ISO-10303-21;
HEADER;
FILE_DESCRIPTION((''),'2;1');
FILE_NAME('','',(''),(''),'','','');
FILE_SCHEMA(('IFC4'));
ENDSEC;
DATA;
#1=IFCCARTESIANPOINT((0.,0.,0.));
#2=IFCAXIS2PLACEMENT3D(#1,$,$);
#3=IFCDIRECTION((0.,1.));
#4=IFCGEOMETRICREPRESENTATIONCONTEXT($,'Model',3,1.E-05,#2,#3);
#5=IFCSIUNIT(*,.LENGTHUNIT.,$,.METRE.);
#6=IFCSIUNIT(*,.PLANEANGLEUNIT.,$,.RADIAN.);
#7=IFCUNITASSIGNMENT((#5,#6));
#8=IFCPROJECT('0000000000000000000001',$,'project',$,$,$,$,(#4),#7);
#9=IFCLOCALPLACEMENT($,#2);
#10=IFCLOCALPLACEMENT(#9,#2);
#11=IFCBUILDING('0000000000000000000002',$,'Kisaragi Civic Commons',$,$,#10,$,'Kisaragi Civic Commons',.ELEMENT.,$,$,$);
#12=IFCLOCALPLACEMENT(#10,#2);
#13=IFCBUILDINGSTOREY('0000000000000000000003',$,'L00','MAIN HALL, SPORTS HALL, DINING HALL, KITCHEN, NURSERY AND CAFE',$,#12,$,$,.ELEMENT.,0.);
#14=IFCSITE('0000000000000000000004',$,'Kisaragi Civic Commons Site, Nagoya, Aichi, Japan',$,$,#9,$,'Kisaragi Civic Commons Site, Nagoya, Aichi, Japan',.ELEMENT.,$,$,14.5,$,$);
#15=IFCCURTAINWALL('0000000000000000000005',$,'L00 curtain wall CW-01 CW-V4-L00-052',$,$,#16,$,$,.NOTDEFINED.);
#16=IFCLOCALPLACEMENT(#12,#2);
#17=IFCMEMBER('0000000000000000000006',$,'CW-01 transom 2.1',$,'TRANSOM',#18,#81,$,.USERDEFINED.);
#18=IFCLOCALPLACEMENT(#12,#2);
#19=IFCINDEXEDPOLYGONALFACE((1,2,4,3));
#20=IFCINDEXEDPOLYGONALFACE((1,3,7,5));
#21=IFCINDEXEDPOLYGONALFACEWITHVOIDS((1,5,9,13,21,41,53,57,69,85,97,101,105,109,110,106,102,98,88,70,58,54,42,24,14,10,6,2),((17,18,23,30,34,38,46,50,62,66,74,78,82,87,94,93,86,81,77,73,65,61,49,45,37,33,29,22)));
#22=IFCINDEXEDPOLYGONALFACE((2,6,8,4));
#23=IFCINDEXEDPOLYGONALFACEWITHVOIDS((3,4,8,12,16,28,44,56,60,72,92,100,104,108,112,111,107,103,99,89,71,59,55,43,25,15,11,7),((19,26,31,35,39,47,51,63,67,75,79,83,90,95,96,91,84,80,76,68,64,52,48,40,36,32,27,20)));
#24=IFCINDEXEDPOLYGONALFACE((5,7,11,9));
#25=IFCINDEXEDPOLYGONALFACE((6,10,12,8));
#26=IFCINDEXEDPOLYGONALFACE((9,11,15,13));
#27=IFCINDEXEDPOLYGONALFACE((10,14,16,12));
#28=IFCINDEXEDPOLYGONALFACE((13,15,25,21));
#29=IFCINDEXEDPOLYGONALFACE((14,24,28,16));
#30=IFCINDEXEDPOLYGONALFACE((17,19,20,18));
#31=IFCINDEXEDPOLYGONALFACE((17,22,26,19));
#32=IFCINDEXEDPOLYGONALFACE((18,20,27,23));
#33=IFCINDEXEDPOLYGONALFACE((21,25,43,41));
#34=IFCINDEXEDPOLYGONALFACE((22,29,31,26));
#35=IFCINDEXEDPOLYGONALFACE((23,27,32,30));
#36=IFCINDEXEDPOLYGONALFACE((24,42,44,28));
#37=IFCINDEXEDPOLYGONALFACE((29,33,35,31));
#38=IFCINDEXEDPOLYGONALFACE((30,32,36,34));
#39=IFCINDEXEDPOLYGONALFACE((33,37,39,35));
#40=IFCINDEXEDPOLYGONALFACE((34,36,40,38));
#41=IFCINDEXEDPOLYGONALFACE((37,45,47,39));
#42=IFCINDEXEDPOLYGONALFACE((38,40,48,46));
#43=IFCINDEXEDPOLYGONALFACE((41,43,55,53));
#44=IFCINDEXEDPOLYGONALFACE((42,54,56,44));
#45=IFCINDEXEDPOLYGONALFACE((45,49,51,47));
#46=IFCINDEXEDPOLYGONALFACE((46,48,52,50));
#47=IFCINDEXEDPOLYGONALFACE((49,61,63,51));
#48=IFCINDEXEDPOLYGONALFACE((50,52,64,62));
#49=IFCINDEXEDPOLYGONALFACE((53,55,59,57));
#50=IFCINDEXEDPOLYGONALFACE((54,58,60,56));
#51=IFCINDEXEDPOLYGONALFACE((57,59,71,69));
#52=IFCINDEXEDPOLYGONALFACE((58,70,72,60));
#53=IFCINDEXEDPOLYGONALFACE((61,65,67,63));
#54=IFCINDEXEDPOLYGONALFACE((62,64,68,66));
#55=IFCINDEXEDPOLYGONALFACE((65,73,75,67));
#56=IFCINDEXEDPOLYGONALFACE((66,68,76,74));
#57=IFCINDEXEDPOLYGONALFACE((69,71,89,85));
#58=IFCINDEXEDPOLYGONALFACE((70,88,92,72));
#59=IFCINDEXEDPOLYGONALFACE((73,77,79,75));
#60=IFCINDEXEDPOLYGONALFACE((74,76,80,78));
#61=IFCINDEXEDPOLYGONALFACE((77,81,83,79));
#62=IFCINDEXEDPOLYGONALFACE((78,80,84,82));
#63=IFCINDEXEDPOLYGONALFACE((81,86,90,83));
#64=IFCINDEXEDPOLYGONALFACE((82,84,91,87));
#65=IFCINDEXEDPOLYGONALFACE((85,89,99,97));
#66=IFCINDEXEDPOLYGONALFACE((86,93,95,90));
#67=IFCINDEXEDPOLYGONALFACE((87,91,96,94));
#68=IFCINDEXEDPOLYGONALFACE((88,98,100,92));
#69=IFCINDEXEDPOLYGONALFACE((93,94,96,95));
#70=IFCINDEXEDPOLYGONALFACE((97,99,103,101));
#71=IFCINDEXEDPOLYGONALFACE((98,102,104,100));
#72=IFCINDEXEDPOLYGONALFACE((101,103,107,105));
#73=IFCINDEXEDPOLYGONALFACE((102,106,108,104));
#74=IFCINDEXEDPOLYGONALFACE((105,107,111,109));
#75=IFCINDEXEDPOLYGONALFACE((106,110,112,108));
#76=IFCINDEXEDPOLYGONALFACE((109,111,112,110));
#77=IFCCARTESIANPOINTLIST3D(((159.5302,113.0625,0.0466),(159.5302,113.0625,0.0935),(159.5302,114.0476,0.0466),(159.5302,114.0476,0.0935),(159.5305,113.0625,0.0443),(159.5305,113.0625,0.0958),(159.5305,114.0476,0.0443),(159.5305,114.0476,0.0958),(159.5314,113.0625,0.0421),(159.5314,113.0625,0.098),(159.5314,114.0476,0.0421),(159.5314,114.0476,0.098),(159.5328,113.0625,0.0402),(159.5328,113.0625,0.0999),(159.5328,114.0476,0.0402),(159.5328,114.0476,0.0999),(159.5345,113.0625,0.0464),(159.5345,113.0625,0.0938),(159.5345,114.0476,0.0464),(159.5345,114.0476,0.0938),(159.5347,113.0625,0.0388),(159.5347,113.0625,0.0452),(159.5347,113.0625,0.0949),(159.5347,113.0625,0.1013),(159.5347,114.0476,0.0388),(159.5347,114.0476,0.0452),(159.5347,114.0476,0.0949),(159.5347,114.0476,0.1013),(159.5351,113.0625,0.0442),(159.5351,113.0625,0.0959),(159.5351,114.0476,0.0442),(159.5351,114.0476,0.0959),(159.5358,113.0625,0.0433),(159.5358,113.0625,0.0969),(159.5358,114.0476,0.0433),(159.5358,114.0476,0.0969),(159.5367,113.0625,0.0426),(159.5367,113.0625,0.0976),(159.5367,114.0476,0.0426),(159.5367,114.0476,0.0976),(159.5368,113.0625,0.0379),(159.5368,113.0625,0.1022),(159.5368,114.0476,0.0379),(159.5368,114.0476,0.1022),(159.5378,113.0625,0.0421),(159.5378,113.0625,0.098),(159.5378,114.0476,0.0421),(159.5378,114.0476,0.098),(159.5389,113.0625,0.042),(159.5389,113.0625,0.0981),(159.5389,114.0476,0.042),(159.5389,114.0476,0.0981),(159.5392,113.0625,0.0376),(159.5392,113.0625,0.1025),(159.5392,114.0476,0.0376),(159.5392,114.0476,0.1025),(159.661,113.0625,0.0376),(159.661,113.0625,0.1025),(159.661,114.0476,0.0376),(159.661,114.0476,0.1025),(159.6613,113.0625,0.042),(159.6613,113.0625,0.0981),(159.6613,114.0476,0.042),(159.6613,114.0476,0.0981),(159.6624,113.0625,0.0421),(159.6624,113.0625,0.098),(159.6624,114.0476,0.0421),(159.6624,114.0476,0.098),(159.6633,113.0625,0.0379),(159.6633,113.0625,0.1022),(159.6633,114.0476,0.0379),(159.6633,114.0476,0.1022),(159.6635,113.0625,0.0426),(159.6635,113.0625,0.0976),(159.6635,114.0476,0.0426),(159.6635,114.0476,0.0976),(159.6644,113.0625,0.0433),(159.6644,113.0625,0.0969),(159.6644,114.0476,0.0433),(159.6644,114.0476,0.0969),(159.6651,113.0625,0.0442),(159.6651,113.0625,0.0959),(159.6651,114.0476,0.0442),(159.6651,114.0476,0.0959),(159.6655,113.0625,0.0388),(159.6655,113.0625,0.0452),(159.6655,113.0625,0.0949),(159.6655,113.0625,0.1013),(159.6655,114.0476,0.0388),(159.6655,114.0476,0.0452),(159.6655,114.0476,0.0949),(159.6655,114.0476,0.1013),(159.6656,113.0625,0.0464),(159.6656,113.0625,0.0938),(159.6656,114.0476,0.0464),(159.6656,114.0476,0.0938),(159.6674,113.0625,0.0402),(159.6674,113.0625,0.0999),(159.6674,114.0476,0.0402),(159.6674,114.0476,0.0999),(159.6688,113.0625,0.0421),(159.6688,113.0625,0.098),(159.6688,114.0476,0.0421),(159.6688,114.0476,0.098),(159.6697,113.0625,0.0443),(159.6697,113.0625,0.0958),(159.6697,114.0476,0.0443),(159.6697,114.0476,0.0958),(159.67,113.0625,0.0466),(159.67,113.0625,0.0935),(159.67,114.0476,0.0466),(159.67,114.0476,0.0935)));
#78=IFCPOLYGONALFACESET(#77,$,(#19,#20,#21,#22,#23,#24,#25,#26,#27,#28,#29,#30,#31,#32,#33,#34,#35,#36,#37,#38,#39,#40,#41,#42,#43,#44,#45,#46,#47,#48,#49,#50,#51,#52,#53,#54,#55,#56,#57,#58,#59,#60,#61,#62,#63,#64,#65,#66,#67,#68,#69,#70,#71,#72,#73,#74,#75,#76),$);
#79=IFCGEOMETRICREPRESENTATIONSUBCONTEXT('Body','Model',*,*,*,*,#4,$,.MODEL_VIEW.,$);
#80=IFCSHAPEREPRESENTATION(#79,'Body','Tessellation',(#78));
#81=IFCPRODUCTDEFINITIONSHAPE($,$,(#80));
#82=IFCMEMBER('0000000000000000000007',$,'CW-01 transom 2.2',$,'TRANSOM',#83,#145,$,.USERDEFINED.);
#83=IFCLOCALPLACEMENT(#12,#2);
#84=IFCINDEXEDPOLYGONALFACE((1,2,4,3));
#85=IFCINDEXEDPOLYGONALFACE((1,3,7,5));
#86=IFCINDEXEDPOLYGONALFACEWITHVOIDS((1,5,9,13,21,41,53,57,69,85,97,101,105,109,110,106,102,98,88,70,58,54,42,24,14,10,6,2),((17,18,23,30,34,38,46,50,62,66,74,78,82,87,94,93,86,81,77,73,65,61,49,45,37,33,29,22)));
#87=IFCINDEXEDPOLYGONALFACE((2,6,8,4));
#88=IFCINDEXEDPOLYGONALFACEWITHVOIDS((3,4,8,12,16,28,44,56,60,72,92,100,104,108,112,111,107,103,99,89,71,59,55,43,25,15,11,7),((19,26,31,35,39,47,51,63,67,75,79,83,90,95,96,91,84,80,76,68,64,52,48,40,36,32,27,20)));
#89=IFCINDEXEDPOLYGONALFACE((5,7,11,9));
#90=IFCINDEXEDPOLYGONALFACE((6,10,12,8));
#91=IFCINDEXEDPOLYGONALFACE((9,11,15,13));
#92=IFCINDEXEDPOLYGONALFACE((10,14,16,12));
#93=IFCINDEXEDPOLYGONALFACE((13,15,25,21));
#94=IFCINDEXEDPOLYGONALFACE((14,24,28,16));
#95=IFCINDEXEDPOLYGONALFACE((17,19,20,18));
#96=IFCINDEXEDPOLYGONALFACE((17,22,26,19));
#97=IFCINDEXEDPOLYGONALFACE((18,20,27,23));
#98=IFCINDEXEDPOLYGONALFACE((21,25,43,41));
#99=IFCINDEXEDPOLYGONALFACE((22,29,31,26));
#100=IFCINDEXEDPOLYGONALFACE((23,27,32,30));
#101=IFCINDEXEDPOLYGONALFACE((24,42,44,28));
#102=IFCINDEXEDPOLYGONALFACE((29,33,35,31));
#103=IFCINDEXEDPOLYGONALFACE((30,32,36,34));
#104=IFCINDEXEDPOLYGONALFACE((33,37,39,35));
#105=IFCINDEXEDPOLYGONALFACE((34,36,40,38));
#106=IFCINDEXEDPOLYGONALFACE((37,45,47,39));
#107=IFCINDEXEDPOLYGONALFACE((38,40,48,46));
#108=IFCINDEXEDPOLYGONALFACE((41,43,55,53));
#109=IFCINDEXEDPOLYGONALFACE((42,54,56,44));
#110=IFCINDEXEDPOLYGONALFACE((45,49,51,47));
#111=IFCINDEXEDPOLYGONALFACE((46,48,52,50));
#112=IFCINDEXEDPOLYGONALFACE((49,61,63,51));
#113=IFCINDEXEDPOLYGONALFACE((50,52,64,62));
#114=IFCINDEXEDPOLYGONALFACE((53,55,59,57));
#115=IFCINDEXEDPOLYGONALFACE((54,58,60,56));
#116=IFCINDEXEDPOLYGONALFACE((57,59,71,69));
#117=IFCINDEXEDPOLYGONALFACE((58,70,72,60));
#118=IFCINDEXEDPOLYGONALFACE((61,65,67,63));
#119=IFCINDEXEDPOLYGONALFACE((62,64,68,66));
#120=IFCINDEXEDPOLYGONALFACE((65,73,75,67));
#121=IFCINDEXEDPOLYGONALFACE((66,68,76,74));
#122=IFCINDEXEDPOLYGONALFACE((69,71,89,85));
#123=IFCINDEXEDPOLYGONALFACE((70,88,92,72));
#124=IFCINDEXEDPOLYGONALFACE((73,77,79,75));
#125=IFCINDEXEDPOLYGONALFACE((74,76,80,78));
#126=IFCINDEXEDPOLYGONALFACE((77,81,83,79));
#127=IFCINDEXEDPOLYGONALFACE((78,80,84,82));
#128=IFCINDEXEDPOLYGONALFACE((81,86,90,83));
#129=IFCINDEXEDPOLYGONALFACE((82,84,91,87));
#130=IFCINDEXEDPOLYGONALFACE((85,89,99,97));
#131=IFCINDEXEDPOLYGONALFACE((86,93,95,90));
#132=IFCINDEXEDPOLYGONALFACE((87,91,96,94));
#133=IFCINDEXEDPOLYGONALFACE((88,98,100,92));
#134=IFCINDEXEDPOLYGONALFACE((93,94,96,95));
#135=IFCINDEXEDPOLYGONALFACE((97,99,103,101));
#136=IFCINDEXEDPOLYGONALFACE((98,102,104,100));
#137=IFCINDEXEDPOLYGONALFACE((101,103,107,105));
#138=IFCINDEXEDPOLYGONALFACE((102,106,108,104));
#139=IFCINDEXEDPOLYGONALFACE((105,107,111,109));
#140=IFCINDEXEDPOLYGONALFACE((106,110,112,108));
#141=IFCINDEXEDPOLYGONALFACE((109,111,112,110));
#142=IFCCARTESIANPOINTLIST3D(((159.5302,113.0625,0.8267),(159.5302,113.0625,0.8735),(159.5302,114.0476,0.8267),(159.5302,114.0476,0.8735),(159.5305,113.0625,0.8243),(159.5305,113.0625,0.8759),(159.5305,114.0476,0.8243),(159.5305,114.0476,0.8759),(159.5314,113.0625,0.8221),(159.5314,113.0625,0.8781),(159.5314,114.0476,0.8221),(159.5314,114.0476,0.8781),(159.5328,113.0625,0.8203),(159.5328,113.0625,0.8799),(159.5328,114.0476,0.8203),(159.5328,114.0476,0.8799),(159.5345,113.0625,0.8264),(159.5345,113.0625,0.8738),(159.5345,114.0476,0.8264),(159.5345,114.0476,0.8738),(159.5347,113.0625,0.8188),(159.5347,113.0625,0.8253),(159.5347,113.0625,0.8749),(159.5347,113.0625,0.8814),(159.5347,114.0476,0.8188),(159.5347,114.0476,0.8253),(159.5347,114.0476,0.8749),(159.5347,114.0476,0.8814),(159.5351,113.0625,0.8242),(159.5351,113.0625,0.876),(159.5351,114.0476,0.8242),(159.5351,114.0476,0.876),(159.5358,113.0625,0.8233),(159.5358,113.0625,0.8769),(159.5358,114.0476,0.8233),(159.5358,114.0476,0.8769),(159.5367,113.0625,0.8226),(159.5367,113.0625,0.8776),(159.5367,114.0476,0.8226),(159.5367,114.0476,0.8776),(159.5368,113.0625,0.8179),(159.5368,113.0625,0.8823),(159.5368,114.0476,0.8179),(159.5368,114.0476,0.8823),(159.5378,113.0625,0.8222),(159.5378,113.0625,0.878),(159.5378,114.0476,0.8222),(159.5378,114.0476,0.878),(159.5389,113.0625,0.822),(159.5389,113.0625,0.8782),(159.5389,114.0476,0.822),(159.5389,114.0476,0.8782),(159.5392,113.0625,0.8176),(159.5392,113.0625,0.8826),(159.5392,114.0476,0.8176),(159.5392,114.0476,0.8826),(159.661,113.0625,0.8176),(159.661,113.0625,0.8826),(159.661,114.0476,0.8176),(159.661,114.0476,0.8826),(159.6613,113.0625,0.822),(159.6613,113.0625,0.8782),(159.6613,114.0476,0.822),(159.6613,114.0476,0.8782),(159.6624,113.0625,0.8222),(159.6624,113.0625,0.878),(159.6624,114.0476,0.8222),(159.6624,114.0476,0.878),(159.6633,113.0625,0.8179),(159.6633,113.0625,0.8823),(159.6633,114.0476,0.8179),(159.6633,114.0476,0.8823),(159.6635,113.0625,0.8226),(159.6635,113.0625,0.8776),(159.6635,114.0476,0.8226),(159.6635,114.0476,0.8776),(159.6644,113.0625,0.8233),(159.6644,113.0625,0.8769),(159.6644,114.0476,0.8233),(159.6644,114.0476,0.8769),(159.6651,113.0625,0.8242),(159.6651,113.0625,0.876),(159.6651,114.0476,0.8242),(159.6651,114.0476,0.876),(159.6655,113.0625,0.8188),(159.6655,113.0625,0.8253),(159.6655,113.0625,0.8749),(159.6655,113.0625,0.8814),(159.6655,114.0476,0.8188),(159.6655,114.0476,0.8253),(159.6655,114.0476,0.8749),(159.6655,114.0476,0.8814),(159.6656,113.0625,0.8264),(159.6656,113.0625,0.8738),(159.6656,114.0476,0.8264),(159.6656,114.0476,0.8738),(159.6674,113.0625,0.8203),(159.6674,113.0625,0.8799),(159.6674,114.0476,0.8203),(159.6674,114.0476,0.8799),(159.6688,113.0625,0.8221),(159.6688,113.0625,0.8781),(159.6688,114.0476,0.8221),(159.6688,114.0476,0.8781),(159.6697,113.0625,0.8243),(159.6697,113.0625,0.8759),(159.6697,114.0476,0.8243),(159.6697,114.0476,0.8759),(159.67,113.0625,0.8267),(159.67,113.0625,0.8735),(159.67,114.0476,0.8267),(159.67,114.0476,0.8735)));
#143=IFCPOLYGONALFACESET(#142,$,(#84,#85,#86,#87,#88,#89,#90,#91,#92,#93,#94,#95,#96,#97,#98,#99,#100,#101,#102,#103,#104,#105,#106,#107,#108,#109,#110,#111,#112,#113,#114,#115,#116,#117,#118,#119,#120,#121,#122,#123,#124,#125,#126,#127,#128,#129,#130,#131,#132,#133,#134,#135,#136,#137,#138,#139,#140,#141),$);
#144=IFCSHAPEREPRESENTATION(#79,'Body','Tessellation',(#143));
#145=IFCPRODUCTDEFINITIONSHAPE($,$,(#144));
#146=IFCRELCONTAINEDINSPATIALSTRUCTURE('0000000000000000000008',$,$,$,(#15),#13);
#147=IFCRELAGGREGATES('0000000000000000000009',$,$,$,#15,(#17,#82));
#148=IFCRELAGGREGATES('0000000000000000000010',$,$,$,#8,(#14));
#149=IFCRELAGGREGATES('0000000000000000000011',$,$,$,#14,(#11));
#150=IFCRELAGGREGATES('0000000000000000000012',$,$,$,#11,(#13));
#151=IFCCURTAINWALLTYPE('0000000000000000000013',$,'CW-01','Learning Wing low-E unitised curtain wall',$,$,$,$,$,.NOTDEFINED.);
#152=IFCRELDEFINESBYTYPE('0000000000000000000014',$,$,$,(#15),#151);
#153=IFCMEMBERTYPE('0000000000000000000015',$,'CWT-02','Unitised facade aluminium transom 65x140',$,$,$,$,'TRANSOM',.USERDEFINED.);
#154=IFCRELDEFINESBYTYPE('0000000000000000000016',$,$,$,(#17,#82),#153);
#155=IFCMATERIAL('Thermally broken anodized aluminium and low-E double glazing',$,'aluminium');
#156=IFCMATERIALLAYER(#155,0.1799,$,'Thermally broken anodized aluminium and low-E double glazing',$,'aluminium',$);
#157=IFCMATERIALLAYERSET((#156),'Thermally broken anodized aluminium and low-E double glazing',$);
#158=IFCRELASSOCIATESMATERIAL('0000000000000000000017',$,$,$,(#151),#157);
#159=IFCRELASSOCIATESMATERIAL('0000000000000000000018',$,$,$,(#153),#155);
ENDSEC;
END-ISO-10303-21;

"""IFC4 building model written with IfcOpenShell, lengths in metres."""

from ifc_helpers import new_model, si_unit, direction, frame, origin, origin_2d, place, context, subcontext, project, spatial, hollow_rectangle, extrude, material, layer, layer_set, material_profile, profile_set, type_object, element, aggregate, save


model = new_model("IFC4")

# Units and contexts
model_context = context("Model", 3, precision=1e-05, world=origin(), true_north=direction((0.0, 1.0)))
body_context = subcontext(model_context, "Body", "Model", "MODEL_VIEW")
ifc_project = project(units=[si_unit("LENGTHUNIT", "METRE"), si_unit("PLANEANGLEUNIT", "RADIAN")], contexts=[model_context])

# Site, building, storey
site_placement = place(None, origin())
site = spatial("IfcSite", under=ifc_project, at=site_placement, Name="Kisaragi Civic Commons Site, Nagoya, Aichi, Japan", LongName="Kisaragi Civic Commons Site, Nagoya, Aichi, Japan", CompositionType="ELEMENT", RefElevation=14.5)
building_placement = place(site_placement, origin())
building = spatial("IfcBuilding", under=site, at=building_placement, Name="Kisaragi Civic Commons", LongName="Kisaragi Civic Commons", CompositionType="ELEMENT")
storey_placement = place(building_placement, origin())
storey = spatial("IfcBuildingStorey", under=building, at=storey_placement, Name="L00", Description="MAIN HALL, SPORTS HALL, DINING HALL, KITCHEN, NURSERY AND CAFE", CompositionType="ELEMENT", Elevation=0.0)

# Curtain wall
ifc_material_1 = material(Name="Thermally broken anodized aluminium and low-E double glazing", Category="aluminium")
ifc_layer_1 = layer(ifc_material_1, 0.1799, Name="Thermally broken anodized aluminium and low-E double glazing", Category="aluminium")
ifc_layer_set_1 = layer_set([ifc_layer_1], Name="Thermally broken anodized aluminium and low-E double glazing")
curtain_wall_type = type_object("IfcCurtainWallType", Name="CW-01", Description="Learning Wing low-E unitised curtain wall", PredefinedType="NOTDEFINED", material=ifc_layer_set_1)
curtain_wall_1_placement = place(storey_placement, origin())
curtain_wall_1 = element("IfcCurtainWall", 1, at=curtain_wall_1_placement, inside=storey, type_object=curtain_wall_type, Name="L00 curtain wall CW-01 CW-V4-L00-052", PredefinedType="NOTDEFINED")

# Members
ifc_material_profile_1 = material_profile(ifc_material_1, hollow_rectangle(XDim=0.1399, YDim=0.0649, WallThickness=0.0044, InnerFilletRadius=0.0044, OuterFilletRadius=0.009, at=origin_2d()), Name="CWT-65x140x4.5", Category="aluminium")
ifc_profile_set_1 = profile_set([ifc_material_profile_1], Name="Thermally broken anodized aluminium and low-E double glazing")
member_type_1 = type_object("IfcMemberType", Name="CWT-02", Description="Unitised facade aluminium transom 65x140", ElementType="TRANSOM", PredefinedType="USERDEFINED", material=ifc_profile_set_1)
member_1_placement = place(storey_placement, frame((159.6001, 114.0476, 0.0701), z_axis=(0.0, -1.0, 0.0), x_axis=(1.0, 0.0, 0.0)))
member_1 = element("IfcMember", 2, at=member_1_placement, type_object=member_type_1, Name="CW-01 transom 2.1", ObjectType="TRANSOM", PredefinedType="USERDEFINED", context=body_context, shape_type="SweptSolid", body=[
    extrude(hollow_rectangle(XDim=0.1399, YDim=0.0649, WallThickness=0.0044, InnerFilletRadius=0.0044, OuterFilletRadius=0.009, at=origin_2d()), origin(), (0.0, 0.0, 1.0), 0.9851),
])
member_2_placement = place(storey_placement, frame((159.6001, 114.0476, 0.8501), z_axis=(0.0, -1.0, 0.0), x_axis=(1.0, 0.0, 0.0)))
member_2 = element("IfcMember", 3, at=member_2_placement, type_object=member_type_1, Name="CW-01 transom 2.2", ObjectType="TRANSOM", PredefinedType="USERDEFINED", context=body_context, shape_type="SweptSolid", body=[
    extrude(hollow_rectangle(XDim=0.1399, YDim=0.0649, WallThickness=0.0044, InnerFilletRadius=0.0044, OuterFilletRadius=0.009, at=origin_2d()), origin(), (0.0, 0.0, 1.0), 0.9851),
])

aggregate(curtain_wall_1, [member_1, member_2])

save(model, "model.ifc")
